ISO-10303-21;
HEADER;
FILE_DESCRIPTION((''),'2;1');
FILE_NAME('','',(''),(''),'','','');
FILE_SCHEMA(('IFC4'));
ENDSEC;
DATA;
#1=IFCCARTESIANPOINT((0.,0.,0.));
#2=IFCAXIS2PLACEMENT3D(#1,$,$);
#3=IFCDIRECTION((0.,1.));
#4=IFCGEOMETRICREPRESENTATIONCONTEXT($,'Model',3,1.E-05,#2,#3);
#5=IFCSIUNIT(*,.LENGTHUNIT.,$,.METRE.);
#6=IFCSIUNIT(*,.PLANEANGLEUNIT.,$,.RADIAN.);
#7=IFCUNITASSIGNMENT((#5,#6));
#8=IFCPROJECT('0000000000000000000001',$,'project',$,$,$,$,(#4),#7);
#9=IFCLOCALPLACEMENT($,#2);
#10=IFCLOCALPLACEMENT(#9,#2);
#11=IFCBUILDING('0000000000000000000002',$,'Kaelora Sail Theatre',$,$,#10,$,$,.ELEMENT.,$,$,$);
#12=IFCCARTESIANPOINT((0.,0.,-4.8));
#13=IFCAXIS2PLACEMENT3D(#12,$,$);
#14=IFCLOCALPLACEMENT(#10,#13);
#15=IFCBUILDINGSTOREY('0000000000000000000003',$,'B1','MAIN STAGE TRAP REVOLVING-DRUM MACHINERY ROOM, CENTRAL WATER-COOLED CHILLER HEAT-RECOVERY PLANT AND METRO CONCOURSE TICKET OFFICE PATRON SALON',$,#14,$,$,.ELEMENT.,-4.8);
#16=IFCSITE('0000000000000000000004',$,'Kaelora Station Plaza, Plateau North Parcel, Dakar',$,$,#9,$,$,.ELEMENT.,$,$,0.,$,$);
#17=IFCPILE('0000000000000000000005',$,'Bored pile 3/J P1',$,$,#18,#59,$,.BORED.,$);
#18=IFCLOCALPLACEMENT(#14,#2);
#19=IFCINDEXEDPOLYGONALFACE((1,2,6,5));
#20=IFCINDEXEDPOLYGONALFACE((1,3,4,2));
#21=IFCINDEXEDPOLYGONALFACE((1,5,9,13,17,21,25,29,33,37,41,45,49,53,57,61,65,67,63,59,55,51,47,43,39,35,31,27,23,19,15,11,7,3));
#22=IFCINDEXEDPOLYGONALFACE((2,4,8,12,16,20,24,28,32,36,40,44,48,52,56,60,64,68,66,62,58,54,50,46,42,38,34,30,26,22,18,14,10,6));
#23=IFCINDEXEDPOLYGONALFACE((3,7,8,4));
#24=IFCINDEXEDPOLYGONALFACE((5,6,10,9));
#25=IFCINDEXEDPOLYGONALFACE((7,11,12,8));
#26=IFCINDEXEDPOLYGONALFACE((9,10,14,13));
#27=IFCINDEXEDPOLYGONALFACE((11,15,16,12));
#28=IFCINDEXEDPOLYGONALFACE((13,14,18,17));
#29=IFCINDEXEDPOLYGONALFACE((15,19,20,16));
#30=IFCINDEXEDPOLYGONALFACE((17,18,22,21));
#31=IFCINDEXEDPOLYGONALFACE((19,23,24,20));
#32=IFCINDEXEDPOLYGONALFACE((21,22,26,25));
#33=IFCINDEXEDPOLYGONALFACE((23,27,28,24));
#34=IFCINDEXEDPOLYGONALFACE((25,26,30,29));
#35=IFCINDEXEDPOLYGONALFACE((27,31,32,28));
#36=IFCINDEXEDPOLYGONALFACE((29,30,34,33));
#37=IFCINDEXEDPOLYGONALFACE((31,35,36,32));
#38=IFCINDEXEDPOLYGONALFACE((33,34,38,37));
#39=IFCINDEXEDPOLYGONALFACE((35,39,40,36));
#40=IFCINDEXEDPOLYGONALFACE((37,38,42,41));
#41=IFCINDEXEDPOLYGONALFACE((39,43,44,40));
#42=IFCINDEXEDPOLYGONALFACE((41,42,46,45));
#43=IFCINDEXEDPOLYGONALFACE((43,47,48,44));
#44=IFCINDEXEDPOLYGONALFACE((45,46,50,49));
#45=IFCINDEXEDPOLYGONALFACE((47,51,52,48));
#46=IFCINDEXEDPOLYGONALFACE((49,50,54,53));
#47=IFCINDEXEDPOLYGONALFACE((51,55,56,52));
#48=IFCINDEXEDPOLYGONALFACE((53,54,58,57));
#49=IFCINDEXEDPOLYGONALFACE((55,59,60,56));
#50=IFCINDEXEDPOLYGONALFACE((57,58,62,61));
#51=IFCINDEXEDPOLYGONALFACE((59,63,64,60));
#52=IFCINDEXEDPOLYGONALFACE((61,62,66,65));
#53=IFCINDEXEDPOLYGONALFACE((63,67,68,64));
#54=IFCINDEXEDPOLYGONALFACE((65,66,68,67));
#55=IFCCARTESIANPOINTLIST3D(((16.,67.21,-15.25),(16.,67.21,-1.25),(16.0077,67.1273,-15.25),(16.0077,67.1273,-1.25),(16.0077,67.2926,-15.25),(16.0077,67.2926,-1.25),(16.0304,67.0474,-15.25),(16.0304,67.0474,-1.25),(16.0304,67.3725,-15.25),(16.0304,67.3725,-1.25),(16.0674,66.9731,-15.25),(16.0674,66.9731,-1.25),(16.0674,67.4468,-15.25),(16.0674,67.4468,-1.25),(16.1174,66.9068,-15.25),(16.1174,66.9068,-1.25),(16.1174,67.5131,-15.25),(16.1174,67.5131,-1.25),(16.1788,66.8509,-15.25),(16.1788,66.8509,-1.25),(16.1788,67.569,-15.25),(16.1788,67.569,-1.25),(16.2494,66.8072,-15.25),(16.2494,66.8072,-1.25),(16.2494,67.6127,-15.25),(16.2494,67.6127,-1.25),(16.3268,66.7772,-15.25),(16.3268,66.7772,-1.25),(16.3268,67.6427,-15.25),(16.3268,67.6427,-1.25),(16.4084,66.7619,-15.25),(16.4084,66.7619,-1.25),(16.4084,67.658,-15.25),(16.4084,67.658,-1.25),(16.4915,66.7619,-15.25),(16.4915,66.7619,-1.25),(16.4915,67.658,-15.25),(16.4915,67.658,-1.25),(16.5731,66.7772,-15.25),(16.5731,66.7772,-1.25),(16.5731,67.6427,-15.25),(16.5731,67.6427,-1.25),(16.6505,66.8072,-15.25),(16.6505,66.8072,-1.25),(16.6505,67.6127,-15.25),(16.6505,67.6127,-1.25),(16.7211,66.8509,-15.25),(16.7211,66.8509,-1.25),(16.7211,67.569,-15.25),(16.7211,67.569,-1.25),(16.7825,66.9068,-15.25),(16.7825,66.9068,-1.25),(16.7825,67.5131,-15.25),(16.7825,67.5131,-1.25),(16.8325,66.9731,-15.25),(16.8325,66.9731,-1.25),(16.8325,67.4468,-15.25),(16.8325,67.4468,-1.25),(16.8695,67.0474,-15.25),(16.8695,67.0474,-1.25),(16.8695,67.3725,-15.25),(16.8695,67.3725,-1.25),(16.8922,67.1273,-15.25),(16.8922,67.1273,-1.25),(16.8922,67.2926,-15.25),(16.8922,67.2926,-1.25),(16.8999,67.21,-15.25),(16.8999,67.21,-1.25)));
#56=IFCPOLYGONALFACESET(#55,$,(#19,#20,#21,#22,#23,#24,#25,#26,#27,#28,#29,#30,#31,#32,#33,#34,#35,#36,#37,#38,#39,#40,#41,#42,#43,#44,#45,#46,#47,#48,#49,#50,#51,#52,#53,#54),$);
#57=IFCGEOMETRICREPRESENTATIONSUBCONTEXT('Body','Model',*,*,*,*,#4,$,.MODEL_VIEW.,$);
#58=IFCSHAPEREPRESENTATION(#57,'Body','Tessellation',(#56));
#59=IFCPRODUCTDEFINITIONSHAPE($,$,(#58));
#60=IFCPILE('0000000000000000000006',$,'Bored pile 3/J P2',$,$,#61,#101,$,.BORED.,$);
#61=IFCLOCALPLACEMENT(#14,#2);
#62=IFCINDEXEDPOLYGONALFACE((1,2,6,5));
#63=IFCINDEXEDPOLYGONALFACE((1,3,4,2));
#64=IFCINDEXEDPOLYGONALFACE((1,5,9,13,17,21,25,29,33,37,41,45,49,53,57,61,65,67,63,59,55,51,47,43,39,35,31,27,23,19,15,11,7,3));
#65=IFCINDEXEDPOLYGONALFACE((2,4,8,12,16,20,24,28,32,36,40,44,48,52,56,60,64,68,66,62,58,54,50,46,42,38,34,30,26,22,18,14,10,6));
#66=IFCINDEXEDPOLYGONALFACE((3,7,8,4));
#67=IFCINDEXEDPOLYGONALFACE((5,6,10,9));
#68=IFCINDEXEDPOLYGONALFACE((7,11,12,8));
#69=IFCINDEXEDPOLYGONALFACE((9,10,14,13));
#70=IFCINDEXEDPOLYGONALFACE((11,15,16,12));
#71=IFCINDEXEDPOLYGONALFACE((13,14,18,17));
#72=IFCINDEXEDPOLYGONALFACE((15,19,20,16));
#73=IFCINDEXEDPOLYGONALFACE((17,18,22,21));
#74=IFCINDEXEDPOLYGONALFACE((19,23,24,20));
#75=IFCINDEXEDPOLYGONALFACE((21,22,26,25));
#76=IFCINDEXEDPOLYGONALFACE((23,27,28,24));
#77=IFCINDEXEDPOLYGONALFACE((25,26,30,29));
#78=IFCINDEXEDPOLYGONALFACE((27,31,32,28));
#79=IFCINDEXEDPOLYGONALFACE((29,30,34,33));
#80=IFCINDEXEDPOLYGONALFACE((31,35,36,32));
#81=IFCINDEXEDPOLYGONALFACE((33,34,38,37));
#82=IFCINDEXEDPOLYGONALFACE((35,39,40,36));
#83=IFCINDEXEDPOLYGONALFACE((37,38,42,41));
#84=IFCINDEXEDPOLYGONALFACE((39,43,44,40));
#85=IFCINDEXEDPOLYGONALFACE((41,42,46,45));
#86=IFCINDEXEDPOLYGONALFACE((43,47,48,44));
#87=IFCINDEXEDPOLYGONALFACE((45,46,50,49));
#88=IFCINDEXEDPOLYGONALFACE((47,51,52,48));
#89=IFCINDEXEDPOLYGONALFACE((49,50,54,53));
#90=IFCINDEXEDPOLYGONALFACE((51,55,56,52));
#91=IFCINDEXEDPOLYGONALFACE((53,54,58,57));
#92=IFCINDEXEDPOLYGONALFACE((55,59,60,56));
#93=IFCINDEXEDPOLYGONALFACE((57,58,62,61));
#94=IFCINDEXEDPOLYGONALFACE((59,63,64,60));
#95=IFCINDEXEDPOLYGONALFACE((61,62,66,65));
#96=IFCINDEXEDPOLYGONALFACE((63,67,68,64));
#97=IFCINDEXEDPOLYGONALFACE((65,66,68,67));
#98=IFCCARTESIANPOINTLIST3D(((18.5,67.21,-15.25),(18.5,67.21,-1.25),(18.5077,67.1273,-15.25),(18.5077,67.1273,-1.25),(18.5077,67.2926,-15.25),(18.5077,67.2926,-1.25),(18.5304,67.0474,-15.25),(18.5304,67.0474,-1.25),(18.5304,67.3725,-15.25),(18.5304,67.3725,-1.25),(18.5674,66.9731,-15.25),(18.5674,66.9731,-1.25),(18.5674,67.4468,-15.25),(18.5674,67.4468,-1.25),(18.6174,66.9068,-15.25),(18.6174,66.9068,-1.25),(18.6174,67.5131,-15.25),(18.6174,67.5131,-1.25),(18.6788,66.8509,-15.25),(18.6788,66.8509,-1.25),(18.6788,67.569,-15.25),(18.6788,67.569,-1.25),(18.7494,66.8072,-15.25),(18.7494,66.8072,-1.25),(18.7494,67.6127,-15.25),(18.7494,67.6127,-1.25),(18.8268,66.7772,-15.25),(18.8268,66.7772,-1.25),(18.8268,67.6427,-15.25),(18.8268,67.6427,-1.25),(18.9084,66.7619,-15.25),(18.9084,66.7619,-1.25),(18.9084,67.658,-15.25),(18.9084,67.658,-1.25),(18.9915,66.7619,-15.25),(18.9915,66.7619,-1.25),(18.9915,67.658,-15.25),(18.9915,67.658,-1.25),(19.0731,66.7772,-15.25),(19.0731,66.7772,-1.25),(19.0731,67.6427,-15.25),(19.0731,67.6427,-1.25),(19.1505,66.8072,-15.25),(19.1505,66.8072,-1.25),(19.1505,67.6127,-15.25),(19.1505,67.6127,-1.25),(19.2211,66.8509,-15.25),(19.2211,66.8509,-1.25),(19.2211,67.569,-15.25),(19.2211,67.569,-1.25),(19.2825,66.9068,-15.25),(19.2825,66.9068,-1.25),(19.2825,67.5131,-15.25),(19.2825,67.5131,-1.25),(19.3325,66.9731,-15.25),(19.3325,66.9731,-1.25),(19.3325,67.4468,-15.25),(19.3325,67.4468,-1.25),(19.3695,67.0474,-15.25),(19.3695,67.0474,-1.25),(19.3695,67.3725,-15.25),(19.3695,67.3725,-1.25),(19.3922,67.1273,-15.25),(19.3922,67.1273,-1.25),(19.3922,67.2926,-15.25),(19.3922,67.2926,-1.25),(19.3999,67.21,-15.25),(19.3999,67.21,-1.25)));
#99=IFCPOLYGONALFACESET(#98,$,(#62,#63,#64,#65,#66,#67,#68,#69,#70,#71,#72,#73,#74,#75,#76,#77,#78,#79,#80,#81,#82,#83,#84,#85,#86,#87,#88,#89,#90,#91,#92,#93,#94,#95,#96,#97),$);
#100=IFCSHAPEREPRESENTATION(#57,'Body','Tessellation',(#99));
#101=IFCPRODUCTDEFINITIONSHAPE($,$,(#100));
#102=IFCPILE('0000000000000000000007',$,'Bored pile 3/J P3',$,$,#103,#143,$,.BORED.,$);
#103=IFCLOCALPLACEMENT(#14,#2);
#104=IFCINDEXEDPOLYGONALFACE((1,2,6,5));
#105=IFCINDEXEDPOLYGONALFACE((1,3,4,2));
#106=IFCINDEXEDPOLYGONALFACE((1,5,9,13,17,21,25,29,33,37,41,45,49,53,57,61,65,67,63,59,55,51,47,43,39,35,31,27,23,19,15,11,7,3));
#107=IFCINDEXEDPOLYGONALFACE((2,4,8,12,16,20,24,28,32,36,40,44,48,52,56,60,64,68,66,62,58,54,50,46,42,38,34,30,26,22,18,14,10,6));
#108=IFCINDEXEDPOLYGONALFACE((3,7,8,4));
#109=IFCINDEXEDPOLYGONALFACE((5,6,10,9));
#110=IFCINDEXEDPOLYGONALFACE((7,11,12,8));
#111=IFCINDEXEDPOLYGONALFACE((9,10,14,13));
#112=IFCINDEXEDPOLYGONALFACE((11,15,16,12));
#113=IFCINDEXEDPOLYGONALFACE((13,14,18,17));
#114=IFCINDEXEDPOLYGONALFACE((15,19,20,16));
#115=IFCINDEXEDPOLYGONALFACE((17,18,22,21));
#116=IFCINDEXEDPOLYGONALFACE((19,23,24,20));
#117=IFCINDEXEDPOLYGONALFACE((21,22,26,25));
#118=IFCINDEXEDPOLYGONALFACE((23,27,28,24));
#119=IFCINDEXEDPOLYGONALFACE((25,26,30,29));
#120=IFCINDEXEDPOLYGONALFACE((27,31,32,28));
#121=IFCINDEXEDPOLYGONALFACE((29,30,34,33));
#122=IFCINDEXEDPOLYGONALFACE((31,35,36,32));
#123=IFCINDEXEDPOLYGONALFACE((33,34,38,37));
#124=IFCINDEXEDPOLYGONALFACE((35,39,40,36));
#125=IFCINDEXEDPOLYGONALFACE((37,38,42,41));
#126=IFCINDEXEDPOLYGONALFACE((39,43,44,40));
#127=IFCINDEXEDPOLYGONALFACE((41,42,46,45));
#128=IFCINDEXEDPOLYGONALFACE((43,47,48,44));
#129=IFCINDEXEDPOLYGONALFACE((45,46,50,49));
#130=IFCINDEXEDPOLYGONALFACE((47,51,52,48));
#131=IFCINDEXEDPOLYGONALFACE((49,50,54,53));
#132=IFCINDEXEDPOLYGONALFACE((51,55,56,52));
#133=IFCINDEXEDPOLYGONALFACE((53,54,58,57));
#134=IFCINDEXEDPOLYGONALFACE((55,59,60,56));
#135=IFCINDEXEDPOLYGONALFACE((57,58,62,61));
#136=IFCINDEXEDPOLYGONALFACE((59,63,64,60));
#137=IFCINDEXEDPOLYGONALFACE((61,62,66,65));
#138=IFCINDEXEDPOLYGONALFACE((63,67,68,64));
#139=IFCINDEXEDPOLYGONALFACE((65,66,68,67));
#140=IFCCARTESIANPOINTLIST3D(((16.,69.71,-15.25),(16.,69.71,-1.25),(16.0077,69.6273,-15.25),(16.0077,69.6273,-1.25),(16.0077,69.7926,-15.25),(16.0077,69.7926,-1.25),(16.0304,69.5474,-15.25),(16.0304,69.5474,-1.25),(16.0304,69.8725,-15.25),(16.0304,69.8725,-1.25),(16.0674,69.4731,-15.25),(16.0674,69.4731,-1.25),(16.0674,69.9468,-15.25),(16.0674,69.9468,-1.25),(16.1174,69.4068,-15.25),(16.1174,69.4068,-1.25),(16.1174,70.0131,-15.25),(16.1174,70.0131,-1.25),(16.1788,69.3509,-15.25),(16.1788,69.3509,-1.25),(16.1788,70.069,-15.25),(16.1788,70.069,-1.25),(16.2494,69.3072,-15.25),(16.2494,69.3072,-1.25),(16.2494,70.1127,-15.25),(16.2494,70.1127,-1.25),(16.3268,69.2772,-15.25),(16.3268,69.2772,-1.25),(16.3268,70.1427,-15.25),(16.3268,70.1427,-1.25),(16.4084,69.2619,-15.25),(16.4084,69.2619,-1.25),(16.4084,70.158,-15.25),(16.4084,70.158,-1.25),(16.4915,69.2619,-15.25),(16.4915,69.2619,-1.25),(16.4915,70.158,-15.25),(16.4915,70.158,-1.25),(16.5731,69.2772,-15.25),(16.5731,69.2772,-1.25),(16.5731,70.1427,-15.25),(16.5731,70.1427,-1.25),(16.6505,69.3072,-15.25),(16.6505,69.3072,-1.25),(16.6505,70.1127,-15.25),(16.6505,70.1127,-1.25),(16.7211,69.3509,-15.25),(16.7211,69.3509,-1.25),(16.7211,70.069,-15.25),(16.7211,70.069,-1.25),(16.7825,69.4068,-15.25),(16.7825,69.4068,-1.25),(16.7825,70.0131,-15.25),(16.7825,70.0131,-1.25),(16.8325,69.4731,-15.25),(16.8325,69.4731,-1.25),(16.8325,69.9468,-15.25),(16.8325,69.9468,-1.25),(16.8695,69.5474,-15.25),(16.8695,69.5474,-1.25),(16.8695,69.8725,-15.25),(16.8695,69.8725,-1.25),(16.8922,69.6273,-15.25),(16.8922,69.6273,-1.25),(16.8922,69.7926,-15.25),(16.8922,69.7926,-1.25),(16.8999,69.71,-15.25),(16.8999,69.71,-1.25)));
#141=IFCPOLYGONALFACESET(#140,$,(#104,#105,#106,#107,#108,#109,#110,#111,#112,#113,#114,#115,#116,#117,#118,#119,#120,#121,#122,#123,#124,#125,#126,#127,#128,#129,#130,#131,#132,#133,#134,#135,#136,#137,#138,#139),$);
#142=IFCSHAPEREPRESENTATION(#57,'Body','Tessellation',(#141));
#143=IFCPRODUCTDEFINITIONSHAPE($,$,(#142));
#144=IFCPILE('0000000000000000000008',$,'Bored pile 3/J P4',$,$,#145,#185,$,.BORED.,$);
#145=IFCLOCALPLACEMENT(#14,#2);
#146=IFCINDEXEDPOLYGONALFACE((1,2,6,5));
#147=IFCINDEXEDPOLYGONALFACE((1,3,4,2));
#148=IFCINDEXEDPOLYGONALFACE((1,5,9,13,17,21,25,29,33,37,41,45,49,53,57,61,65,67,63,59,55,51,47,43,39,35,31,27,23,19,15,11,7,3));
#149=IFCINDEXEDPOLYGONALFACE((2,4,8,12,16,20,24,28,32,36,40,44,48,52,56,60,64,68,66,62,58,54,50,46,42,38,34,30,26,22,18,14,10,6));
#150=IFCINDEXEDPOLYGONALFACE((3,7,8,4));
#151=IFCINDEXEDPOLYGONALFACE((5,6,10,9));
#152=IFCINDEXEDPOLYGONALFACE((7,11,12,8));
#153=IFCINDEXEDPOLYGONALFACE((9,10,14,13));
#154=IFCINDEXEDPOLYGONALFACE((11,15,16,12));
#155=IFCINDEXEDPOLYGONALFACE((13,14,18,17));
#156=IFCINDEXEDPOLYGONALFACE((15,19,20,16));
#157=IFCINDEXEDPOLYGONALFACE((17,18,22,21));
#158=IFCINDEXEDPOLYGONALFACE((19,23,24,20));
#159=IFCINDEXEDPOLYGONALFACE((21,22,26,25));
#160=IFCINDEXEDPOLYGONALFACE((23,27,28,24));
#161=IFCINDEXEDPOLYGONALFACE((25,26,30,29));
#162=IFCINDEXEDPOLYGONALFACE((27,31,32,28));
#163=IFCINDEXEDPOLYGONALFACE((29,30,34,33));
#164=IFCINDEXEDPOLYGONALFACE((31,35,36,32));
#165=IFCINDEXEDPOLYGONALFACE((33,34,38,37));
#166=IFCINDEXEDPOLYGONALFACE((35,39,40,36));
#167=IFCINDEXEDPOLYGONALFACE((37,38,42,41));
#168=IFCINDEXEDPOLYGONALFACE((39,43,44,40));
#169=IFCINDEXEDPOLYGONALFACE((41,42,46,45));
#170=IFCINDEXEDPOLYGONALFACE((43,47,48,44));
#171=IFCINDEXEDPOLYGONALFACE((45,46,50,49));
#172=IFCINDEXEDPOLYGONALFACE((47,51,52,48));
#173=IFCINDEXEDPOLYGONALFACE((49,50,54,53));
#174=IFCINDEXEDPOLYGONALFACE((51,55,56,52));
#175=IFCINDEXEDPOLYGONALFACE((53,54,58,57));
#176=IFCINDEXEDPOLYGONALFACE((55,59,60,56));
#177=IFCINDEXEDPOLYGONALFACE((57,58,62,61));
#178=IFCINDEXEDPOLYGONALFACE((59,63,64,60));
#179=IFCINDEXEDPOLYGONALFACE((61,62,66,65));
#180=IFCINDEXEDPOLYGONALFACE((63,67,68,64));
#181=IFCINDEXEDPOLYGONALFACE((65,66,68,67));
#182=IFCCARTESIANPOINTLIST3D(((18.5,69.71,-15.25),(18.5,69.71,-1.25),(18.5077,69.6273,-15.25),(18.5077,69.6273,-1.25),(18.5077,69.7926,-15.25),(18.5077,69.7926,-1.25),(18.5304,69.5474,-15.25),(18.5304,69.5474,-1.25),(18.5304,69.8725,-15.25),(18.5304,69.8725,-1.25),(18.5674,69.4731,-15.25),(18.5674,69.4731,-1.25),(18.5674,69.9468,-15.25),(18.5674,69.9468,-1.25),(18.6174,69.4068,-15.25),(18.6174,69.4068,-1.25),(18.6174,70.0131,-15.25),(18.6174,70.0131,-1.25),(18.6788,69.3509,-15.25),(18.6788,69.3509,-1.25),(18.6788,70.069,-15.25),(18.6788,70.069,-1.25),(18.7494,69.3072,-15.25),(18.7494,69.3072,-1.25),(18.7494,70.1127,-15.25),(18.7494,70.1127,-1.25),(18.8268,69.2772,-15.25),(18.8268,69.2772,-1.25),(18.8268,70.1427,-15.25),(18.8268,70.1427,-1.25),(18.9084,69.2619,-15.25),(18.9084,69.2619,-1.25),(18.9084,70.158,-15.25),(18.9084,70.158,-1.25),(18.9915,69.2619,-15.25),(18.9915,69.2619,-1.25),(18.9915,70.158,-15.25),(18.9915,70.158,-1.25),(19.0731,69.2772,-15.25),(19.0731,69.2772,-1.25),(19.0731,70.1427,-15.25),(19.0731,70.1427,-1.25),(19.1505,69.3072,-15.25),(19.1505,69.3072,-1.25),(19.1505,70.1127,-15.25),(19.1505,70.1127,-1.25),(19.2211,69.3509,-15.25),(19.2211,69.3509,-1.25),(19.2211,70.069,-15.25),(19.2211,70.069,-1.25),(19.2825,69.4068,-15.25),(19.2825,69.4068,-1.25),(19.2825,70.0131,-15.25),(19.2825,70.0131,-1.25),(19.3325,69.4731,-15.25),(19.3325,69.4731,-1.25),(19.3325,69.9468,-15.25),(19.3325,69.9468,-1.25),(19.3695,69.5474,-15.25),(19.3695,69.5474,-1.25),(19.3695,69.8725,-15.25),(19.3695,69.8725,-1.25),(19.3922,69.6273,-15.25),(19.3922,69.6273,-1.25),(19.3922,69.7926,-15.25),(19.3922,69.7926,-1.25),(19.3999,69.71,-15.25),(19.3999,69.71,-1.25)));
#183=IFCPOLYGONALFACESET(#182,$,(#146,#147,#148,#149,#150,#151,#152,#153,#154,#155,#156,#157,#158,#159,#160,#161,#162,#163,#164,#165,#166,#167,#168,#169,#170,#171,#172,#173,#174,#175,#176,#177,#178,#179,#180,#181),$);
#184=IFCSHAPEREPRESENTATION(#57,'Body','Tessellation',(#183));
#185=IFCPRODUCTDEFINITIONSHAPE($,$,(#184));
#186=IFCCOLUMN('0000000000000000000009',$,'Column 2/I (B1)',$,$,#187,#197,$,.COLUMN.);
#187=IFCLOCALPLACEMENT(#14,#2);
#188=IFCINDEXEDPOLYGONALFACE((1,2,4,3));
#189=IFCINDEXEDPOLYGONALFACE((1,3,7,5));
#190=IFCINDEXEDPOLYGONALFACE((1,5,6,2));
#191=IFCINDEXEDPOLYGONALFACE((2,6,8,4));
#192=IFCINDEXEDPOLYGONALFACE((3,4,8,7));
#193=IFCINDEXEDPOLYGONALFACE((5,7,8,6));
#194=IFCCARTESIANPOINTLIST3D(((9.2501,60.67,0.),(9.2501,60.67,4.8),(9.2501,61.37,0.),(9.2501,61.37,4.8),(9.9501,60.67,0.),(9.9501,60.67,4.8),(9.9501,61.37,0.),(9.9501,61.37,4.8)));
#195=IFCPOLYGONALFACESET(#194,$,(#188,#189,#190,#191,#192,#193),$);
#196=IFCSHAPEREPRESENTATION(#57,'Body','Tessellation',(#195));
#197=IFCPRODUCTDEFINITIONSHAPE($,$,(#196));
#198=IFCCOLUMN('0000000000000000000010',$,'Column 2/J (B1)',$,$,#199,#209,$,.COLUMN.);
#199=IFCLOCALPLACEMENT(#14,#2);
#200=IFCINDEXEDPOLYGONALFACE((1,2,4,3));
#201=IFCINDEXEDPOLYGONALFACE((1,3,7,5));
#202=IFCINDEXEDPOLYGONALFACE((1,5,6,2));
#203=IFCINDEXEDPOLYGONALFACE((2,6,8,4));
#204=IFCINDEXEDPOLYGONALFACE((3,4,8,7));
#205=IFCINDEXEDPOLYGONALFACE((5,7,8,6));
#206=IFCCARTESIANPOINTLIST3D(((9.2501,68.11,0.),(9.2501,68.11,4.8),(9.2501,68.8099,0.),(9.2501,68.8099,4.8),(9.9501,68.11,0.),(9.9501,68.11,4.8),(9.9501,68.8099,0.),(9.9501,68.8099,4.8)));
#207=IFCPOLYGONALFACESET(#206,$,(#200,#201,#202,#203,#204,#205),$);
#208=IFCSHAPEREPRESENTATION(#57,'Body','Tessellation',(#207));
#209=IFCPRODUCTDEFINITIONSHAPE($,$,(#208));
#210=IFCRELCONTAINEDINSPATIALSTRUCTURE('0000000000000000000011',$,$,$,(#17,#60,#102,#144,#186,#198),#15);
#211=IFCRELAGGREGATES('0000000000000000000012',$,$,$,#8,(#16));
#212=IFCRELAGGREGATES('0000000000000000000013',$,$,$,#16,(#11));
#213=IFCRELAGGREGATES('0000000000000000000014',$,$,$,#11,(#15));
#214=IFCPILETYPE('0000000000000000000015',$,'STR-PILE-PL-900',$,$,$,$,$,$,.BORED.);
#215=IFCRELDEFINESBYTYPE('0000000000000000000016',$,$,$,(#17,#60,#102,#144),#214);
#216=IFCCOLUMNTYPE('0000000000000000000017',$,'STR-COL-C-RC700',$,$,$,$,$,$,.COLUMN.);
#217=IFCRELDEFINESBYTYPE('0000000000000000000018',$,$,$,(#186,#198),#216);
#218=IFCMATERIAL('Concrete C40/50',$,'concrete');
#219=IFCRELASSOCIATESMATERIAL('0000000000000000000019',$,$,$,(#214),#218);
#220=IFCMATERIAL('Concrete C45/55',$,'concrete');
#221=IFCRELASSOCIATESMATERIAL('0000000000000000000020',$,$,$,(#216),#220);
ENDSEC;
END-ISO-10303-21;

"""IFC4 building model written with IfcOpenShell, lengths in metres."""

from ifc_helpers import new_model, si_unit, direction, frame, origin, origin_2d, place, context, subcontext, project, spatial, rectangle, circle, extrude, material, material_profile, profile_set, type_object, element, save


model = new_model("IFC4")

# Units and contexts
model_context = context("Model", 3, precision=1e-05, world=origin(), true_north=direction((0.0, 1.0)))
body_context = subcontext(model_context, "Body", "Model", "MODEL_VIEW")
ifc_project = project(units=[si_unit("LENGTHUNIT", "METRE"), si_unit("PLANEANGLEUNIT", "RADIAN")], contexts=[model_context])

# Site, building, storey
site_placement = place(None, origin())
site = spatial("IfcSite", under=ifc_project, at=site_placement, Name="Kaelora Station Plaza, Plateau North Parcel, Dakar", CompositionType="ELEMENT", RefElevation=0.0)
building_placement = place(site_placement, origin())
building = spatial("IfcBuilding", under=site, at=building_placement, Name="Kaelora Sail Theatre", CompositionType="ELEMENT")
storey_placement = place(building_placement, frame((0.0, 0.0, -4.8)))
storey = spatial("IfcBuildingStorey", under=building, at=storey_placement, Name="B1", Description="MAIN STAGE TRAP REVOLVING-DRUM MACHINERY ROOM, CENTRAL WATER-COOLED CHILLER HEAT-RECOVERY PLANT AND METRO CONCOURSE TICKET OFFICE PATRON SALON", CompositionType="ELEMENT", Elevation=-4.8)

# Piles
ifc_material_1 = material(Name="Concrete C40/50", Category="concrete")
ifc_material_profile_1 = material_profile(ifc_material_1, circle(Radius=0.45, at=origin_2d()), Name="PILE D900")
ifc_profile_set_1 = profile_set([ifc_material_profile_1], Name="Concrete C40/50")
pile_type = type_object("IfcPileType", Name="STR-PILE-PL-900", PredefinedType="BORED", material=ifc_profile_set_1)
for number, where, z_axis, x_axis, name in (
    (1, (16.45, 67.21, -1.25), (0.0, 0.0, -1.0), (1.0, 0.0, 0.0), "Bored pile 3/J P1"),
    (2, (18.95, 67.21, -1.25), (0.0, 0.0, -1.0), (1.0, 0.0, 0.0), "Bored pile 3/J P2"),
    (3, (16.45, 69.71, -1.25), (0.0, 0.0, -1.0), (1.0, 0.0, 0.0), "Bored pile 3/J P3"),
    (4, (18.95, 69.71, -1.25), (0.0, 0.0, -1.0), (1.0, 0.0, 0.0), "Bored pile 3/J P4"),
):
    element("IfcPile", number, at=place(storey_placement, frame(where, z_axis=z_axis, x_axis=x_axis)), inside=storey, type_object=pile_type, Name=name, PredefinedType="BORED", context=body_context, shape_type="SweptSolid", body=[
        extrude(circle(Radius=0.45, at=origin_2d()), origin(), (0.0, 0.0, 1.0), 14.0),
    ])

# Columns
ifc_material_2 = material(Name="Concrete C45/55", Category="concrete")
ifc_material_profile_2 = material_profile(ifc_material_2, rectangle(XDim=0.7, YDim=0.7, at=origin_2d()), Name="RC-COL 700x700")
ifc_profile_set_2 = profile_set([ifc_material_profile_2], Name="Concrete C45/55")
column_type_1 = type_object("IfcColumnType", Name="STR-COL-C-RC700", PredefinedType="COLUMN", material=ifc_profile_set_2)
for number, where, z_axis, x_axis, name in (
    (5, (9.6001, 61.02, 0.0), (0.0, 0.0, 1.0), (1.0, 0.0, 0.0), "Column 2/I (B1)"),
    (6, (9.6001, 68.46, 0.0), (0.0, 0.0, 1.0), (1.0, 0.0, 0.0), "Column 2/J (B1)"),
):
    element("IfcColumn", number, at=place(storey_placement, frame(where, z_axis=z_axis, x_axis=x_axis)), inside=storey, type_object=column_type_1, Name=name, PredefinedType="COLUMN", context=body_context, shape_type="SweptSolid", body=[
        extrude(rectangle(XDim=0.7, YDim=0.7, at=origin_2d()), origin(), (0.0, 0.0, 1.0), 4.8),
    ])

save(model, "model.ifc")
